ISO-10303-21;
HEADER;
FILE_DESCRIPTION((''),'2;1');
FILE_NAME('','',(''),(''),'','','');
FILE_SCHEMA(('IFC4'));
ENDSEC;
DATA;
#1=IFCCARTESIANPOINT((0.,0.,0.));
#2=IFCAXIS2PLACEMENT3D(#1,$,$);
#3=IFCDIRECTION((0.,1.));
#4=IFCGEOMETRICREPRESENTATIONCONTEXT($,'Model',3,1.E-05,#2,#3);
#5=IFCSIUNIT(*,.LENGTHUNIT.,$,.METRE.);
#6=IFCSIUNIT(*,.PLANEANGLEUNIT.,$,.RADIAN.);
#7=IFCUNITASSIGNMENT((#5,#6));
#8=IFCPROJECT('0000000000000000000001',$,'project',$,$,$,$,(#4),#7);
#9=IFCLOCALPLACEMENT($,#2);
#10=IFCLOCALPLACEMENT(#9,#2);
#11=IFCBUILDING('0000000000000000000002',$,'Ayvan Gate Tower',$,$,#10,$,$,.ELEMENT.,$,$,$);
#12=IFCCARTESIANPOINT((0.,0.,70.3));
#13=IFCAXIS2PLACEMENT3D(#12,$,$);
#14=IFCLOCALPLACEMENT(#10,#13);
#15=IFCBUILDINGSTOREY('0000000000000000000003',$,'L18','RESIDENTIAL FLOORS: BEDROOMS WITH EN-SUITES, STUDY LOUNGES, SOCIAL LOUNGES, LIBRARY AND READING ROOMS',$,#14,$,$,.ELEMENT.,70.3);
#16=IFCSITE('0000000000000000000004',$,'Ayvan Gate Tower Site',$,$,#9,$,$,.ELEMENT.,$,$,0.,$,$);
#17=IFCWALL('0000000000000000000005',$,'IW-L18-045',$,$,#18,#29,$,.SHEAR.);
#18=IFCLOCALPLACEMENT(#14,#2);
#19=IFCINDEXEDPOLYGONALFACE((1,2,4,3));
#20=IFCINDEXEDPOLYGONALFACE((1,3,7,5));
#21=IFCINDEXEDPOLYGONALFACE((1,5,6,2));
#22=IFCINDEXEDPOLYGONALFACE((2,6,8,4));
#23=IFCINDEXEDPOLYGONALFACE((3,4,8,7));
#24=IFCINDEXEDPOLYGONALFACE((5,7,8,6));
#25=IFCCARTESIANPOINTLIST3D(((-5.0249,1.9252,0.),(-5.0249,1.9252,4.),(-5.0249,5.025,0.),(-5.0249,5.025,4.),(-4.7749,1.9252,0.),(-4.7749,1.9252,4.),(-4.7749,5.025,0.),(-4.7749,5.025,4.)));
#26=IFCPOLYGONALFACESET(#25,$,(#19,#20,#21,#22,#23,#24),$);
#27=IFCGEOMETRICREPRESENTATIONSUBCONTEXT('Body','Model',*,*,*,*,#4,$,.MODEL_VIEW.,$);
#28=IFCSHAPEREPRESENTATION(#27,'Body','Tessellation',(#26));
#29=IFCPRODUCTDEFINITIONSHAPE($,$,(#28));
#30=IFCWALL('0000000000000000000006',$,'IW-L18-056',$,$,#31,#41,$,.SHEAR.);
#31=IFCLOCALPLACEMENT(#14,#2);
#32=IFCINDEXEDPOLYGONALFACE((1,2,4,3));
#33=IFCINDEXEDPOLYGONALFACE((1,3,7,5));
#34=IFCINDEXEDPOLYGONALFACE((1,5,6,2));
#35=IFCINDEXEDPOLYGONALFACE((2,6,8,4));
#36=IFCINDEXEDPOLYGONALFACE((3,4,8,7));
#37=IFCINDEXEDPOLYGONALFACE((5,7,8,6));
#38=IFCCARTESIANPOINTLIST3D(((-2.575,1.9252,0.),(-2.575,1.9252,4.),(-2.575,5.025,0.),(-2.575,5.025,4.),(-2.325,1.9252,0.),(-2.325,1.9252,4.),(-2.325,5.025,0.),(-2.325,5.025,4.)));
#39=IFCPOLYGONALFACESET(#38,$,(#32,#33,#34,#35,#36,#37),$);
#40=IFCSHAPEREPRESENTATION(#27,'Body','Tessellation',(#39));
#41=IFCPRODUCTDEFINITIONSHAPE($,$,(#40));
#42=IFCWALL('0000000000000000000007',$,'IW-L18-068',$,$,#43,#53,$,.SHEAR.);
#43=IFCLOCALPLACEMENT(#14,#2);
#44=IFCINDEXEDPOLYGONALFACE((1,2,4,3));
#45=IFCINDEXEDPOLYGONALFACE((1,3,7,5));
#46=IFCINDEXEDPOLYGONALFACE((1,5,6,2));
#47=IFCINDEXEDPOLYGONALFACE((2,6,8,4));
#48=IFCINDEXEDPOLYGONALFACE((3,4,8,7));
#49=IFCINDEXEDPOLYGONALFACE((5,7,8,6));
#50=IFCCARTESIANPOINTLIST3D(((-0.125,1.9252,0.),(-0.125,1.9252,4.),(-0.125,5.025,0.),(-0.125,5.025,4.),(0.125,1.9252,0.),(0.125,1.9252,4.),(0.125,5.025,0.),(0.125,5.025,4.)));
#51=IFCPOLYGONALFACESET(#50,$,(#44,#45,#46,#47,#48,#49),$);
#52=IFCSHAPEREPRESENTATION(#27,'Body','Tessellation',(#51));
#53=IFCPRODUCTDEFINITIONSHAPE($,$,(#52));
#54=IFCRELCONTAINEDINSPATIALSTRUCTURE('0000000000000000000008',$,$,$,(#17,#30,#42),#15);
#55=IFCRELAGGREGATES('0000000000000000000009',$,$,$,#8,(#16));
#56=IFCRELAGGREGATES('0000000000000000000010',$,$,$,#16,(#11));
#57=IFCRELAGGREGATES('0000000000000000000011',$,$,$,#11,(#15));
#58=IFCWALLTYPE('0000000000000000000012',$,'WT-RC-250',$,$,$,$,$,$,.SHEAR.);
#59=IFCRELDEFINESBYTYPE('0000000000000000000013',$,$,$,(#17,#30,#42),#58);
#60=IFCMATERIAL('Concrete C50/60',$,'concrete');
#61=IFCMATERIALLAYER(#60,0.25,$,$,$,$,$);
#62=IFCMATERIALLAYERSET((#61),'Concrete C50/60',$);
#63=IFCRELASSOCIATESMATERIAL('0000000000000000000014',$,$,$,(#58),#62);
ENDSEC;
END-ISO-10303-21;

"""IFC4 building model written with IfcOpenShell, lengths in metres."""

from ifc_helpers import new_model, si_unit, direction, frame, frame_2d, origin, place, context, subcontext, project, spatial, rectangle, extrude, material, layer, layer_set, type_object, element, save


model = new_model("IFC4")

# Units and contexts
model_context = context("Model", 3, precision=1e-05, world=origin(), true_north=direction((0.0, 1.0)))
body_context = subcontext(model_context, "Body", "Model", "MODEL_VIEW")
ifc_project = project(units=[si_unit("LENGTHUNIT", "METRE"), si_unit("PLANEANGLEUNIT", "RADIAN")], contexts=[model_context])

# Site, building, storey
site_placement = place(None, origin())
site = spatial("IfcSite", under=ifc_project, at=site_placement, Name="Ayvan Gate Tower Site", CompositionType="ELEMENT", RefElevation=0.0)
building_placement = place(site_placement, origin())
building = spatial("IfcBuilding", under=site, at=building_placement, Name="Ayvan Gate Tower", CompositionType="ELEMENT")
storey_placement = place(building_placement, frame((0.0, 0.0, 70.3)))
storey = spatial("IfcBuildingStorey", under=building, at=storey_placement, Name="L18", Description="RESIDENTIAL FLOORS: BEDROOMS WITH EN-SUITES, STUDY LOUNGES, SOCIAL LOUNGES, LIBRARY AND READING ROOMS", CompositionType="ELEMENT", Elevation=70.3)

# Walls
ifc_material_1 = material(Name="Concrete C50/60", Category="concrete")
ifc_layer_1 = layer(ifc_material_1, 0.25)
ifc_layer_set_1 = layer_set([ifc_layer_1], Name="Concrete C50/60")
wall_type_1 = type_object("IfcWallType", Name="WT-RC-250", PredefinedType="SHEAR", material=ifc_layer_set_1)
for number, where, z_axis, x_axis, name in (
    (1, (-4.8999, 5.0249, 0.0), (0.0, 0.0, 1.0), (0.0, -1.0, 0.0), "IW-L18-045"),
    (2, (-2.45, 5.0249, 0.0), (0.0, 0.0, 1.0), (0.0, -1.0, 0.0), "IW-L18-056"),
    (3, (0.0, 5.0249, 0.0), (0.0, 0.0, 1.0), (0.0, -1.0, 0.0), "IW-L18-068"),
):
    element("IfcWall", number, at=place(storey_placement, frame(where, z_axis=z_axis, x_axis=x_axis)), inside=storey, type_object=wall_type_1, Name=name, PredefinedType="SHEAR", context=body_context, shape_type="SweptSolid", body=[
        extrude(rectangle(XDim=3.0999, YDim=0.25, at=frame_2d((1.5498, 0.0))), origin(), (0.0, 0.0, 1.0), 4.0),
    ])

save(model, "model.ifc")
